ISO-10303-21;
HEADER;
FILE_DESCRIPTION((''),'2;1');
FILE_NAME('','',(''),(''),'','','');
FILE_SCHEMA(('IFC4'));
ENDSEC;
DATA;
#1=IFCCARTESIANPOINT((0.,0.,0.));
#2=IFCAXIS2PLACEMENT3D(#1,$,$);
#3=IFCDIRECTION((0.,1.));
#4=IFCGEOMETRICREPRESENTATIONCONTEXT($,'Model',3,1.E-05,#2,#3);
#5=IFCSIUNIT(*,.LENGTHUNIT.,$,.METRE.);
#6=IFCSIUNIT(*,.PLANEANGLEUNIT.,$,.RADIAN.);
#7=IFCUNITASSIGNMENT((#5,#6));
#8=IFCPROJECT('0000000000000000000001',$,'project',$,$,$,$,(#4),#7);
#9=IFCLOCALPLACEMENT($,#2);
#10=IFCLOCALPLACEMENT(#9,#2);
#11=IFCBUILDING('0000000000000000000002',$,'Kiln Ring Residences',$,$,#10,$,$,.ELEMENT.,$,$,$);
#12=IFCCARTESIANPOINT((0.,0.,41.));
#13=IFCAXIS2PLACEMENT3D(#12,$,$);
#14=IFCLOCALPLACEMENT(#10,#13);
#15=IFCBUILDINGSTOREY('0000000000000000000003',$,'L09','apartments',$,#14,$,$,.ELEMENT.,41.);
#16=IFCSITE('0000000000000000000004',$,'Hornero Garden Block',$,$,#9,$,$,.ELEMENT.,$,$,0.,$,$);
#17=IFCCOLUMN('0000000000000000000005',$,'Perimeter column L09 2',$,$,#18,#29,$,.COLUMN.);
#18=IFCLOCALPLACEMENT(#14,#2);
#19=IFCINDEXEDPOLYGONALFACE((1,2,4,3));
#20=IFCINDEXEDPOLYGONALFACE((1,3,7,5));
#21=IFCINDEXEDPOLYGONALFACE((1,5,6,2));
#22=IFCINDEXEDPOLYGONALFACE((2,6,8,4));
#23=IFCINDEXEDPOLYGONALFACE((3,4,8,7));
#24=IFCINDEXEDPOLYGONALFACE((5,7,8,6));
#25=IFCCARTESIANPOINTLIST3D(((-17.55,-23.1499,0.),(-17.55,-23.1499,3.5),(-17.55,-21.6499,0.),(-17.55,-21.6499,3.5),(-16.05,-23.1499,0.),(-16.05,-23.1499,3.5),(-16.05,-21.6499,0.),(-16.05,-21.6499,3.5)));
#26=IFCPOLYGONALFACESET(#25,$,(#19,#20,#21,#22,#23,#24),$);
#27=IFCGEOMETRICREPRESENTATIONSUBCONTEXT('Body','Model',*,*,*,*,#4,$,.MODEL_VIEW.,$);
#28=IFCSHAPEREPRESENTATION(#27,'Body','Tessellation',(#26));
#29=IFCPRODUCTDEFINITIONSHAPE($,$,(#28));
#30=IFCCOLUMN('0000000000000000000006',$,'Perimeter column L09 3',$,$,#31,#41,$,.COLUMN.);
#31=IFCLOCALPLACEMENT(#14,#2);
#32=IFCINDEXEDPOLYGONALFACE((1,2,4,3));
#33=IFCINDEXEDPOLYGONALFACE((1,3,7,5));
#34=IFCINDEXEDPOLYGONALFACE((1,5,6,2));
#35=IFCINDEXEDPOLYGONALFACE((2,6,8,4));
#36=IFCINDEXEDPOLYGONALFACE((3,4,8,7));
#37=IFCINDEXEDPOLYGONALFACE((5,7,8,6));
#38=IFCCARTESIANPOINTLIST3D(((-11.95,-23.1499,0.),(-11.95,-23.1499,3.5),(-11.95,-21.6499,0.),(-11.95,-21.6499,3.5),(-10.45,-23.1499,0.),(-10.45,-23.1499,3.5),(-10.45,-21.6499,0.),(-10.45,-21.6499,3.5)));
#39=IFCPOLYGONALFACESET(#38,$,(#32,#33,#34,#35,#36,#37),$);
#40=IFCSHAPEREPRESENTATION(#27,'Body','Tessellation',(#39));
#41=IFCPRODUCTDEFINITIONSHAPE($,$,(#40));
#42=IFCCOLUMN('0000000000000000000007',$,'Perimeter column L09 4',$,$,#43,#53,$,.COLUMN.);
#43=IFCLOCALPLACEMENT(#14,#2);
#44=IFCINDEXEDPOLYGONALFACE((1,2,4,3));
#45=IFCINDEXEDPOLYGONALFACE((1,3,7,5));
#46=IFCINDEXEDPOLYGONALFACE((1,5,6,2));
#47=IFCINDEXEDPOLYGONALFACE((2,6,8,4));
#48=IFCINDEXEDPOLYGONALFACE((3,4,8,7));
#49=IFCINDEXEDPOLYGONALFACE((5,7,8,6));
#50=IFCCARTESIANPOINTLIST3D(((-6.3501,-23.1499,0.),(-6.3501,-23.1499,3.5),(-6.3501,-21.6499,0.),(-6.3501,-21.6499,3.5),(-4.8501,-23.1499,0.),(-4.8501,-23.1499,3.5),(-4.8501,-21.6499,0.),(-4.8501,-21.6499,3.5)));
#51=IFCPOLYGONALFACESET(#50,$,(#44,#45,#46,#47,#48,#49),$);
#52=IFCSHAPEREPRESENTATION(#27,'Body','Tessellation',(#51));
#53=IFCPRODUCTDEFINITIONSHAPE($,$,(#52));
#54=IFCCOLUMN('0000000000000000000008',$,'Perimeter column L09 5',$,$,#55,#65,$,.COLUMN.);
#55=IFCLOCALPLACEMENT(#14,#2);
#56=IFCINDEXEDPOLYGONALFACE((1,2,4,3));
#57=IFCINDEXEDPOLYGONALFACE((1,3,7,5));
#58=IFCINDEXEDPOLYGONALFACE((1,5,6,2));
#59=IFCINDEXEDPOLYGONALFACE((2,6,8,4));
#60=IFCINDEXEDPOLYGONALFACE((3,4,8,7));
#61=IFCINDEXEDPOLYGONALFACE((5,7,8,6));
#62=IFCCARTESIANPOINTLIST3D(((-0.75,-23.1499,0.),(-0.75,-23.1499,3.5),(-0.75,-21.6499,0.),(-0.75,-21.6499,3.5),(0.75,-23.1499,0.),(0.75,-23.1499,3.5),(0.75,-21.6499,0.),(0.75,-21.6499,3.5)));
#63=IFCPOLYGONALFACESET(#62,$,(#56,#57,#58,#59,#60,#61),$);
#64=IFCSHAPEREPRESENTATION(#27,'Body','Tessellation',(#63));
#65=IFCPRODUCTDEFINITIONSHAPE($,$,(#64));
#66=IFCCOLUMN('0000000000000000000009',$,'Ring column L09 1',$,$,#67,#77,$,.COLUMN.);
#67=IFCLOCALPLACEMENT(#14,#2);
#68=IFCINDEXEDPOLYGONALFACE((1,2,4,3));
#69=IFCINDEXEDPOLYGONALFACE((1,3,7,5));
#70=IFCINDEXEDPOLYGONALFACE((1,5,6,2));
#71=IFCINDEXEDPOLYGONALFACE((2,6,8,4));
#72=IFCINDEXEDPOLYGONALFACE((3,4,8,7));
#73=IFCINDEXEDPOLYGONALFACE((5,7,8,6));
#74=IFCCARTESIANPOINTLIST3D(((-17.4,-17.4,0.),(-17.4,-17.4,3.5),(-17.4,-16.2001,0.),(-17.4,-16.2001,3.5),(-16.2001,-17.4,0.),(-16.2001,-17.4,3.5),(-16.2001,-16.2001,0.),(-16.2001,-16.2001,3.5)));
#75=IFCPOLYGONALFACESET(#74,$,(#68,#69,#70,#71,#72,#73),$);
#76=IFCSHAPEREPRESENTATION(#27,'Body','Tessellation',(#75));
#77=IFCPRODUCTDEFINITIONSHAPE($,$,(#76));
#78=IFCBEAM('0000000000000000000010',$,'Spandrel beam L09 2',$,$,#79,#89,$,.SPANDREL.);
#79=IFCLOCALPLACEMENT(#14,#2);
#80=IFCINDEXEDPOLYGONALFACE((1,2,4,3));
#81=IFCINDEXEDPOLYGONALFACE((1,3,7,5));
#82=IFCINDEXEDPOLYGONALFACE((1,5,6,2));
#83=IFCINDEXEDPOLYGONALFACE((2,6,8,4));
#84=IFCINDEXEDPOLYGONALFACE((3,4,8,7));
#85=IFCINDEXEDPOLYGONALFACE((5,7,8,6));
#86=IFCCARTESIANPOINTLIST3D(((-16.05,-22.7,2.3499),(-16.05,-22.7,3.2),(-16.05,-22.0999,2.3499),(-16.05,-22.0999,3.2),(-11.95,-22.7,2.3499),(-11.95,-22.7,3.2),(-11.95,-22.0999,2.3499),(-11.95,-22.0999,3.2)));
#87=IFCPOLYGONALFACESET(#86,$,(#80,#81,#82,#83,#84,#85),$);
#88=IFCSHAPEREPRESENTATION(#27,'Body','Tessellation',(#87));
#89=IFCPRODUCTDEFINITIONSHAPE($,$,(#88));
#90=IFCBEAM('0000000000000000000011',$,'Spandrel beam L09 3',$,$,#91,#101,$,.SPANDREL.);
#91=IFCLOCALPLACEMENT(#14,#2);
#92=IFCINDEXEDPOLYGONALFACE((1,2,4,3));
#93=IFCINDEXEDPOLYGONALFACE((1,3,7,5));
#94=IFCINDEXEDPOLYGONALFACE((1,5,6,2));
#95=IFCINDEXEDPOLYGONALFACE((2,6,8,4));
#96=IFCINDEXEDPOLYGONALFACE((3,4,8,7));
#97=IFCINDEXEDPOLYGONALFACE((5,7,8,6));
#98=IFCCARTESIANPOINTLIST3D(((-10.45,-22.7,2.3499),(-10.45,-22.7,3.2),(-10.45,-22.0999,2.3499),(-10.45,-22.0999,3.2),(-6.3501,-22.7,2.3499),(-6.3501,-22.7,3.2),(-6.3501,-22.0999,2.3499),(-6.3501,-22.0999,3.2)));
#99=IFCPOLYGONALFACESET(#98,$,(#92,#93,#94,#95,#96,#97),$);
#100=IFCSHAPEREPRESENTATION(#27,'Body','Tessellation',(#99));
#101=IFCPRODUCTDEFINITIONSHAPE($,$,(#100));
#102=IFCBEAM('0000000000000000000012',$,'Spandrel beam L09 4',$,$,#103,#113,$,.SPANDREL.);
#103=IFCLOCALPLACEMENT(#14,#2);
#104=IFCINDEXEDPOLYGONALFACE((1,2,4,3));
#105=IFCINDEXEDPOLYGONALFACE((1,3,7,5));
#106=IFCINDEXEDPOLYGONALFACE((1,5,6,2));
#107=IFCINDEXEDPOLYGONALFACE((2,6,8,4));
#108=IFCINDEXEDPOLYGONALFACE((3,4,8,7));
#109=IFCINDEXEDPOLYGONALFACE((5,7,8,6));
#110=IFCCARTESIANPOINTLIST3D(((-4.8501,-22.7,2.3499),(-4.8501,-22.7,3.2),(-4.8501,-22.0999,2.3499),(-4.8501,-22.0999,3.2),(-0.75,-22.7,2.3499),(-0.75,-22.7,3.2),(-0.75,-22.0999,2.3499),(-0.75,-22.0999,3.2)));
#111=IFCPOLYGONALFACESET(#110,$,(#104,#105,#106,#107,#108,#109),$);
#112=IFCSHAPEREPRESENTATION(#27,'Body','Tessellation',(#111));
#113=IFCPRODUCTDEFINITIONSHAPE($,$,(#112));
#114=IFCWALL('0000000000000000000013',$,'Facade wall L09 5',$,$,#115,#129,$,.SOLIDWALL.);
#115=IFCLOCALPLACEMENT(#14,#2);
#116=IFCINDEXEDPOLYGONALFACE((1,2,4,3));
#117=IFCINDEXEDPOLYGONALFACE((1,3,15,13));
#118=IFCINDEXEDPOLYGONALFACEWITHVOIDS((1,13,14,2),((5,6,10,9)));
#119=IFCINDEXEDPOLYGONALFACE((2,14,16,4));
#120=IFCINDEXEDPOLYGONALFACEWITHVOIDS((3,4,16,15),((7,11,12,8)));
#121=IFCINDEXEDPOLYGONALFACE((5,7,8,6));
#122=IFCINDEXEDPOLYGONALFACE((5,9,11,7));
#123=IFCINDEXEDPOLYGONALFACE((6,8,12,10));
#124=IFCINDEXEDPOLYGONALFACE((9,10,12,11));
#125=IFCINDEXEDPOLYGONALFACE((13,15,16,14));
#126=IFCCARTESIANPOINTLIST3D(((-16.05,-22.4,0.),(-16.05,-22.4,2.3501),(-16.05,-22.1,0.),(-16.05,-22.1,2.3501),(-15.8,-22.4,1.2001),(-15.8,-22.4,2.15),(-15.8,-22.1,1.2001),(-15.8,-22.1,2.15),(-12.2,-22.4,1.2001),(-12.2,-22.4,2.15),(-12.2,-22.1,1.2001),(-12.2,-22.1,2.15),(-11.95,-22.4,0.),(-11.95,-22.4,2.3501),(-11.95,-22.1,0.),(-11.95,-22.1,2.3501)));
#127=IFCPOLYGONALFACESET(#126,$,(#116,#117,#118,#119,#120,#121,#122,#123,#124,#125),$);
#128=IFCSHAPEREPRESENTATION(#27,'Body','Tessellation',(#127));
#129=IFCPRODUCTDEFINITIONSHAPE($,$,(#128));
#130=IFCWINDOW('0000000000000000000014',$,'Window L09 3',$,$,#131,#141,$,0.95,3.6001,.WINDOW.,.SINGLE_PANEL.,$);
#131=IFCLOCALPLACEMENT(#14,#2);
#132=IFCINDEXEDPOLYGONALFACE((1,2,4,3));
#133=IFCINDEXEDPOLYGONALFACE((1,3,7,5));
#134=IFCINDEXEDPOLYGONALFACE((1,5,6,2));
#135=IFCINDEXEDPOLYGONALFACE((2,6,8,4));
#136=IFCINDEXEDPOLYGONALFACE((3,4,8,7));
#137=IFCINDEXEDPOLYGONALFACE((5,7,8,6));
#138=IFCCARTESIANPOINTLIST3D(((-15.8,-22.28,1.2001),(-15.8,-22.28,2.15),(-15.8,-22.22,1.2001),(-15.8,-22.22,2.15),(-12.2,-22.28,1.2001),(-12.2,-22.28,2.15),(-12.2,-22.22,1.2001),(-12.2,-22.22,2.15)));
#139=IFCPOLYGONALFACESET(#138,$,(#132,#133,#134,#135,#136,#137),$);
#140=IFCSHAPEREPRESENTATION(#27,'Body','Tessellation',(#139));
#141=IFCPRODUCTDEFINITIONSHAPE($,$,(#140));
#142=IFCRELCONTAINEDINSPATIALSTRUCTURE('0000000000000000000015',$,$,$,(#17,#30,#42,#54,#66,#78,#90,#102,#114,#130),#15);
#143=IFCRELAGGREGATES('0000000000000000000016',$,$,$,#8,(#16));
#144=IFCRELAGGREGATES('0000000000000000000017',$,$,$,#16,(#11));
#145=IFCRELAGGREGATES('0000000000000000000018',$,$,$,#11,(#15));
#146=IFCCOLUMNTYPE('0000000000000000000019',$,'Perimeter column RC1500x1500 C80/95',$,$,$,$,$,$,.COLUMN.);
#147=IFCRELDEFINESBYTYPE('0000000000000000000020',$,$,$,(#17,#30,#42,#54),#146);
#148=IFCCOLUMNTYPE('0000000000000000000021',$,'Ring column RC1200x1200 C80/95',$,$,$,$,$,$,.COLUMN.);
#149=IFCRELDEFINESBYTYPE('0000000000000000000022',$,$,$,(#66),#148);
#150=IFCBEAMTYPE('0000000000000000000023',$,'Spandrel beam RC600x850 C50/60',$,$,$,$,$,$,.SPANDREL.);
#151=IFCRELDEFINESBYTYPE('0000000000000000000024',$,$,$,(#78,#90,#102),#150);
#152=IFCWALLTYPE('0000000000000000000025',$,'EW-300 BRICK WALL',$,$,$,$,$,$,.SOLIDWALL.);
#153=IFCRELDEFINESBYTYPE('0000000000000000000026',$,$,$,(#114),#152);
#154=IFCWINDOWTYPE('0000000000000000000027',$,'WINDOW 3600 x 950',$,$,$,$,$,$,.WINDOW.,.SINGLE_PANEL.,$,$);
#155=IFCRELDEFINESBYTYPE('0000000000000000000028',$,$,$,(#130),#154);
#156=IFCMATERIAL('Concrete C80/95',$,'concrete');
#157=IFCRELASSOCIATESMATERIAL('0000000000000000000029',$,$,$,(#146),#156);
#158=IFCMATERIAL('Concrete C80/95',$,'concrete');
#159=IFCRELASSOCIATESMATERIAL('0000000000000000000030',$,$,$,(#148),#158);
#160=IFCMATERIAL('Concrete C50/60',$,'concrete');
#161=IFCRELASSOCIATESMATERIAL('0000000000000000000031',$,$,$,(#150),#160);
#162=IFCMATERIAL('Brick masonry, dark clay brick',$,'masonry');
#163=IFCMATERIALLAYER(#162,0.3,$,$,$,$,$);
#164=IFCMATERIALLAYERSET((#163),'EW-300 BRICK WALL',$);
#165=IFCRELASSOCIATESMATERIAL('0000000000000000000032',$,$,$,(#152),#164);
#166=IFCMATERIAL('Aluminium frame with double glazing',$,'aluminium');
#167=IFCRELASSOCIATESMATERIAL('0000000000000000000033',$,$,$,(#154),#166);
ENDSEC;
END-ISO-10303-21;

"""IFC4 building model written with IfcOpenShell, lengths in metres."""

from ifc_helpers import new_model, si_unit, direction, frame, frame_2d, origin, origin_2d, place, context, subcontext, project, spatial, rectangle, extrude, material, layer, layer_set, material_profile, profile_set, type_object, element, fill, save


model = new_model("IFC4")

# Units and contexts
model_context = context("Model", 3, precision=1e-05, world=origin(), true_north=direction((0.0, 1.0)))
body_context = subcontext(model_context, "Body", "Model", "MODEL_VIEW")
ifc_project = project(units=[si_unit("LENGTHUNIT", "METRE"), si_unit("PLANEANGLEUNIT", "RADIAN")], contexts=[model_context])

# Site, building, storey
site_placement = place(None, origin())
site = spatial("IfcSite", under=ifc_project, at=site_placement, Name="Hornero Garden Block", CompositionType="ELEMENT", RefElevation=0.0)
building_placement = place(site_placement, origin())
building = spatial("IfcBuilding", under=site, at=building_placement, Name="Kiln Ring Residences", CompositionType="ELEMENT")
storey_placement = place(building_placement, frame((0.0, 0.0, 41.0)))
storey = spatial("IfcBuildingStorey", under=building, at=storey_placement, Name="L09", Description="apartments", CompositionType="ELEMENT", Elevation=41.0)

# Columns
ifc_material_1 = material(Name="Concrete C80/95", Category="concrete")
ifc_material_profile_1 = material_profile(ifc_material_1, rectangle(XDim=1.5, YDim=1.5, at=origin_2d()), Name="RC1500x1500")
ifc_profile_set_1 = profile_set([ifc_material_profile_1], Name="Concrete C80/95")
column_type_1 = type_object("IfcColumnType", Name="Perimeter column RC1500x1500 C80/95", PredefinedType="COLUMN", material=ifc_profile_set_1)
for number, where, z_axis, x_axis, name in (
    (1, (-16.8, -22.3999, 0.0), (0.0, 0.0, 1.0), (1.0, 0.0, 0.0), "Perimeter column L09 2"),
    (2, (-11.2, -22.3999, 0.0), (0.0, 0.0, 1.0), (1.0, 0.0, 0.0), "Perimeter column L09 3"),
    (3, (-5.6001, -22.3999, 0.0), (0.0, 0.0, 1.0), (1.0, 0.0, 0.0), "Perimeter column L09 4"),
    (4, (0.0, -22.3999, 0.0), (0.0, 0.0, 1.0), (1.0, 0.0, 0.0), "Perimeter column L09 5"),
):
    element("IfcColumn", number, at=place(storey_placement, frame(where, z_axis=z_axis, x_axis=x_axis)), inside=storey, type_object=column_type_1, Name=name, PredefinedType="COLUMN", context=body_context, shape_type="SweptSolid", body=[
        extrude(rectangle(XDim=1.5, YDim=1.5, at=origin_2d()), origin(), (0.0, 0.0, 1.0), 3.5),
    ])
ifc_material_2 = material(Name="Concrete C80/95", Category="concrete")
ifc_material_profile_2 = material_profile(ifc_material_2, rectangle(XDim=1.2, YDim=1.2, at=origin_2d()), Name="RC1200x1200")
ifc_profile_set_2 = profile_set([ifc_material_profile_2], Name="Concrete C80/95")
column_type_2 = type_object("IfcColumnType", Name="Ring column RC1200x1200 C80/95", PredefinedType="COLUMN", material=ifc_profile_set_2)
column_placement = place(storey_placement, frame((-16.8, -16.8, 0.0), z_axis=(0.0, 0.0, 1.0), x_axis=(1.0, 0.0, 0.0)))
element("IfcColumn", 5, at=column_placement, inside=storey, type_object=column_type_2, Name="Ring column L09 1", PredefinedType="COLUMN", context=body_context, shape_type="SweptSolid", body=[
    extrude(rectangle(XDim=1.2, YDim=1.2, at=origin_2d()), origin(), (0.0, 0.0, 1.0), 3.5),
])

# Beams
ifc_material_3 = material(Name="Concrete C50/60", Category="concrete")
ifc_material_profile_3 = material_profile(ifc_material_3, rectangle(XDim=0.6001, YDim=0.8501, at=origin_2d()), Name="RC600x850")
ifc_profile_set_3 = profile_set([ifc_material_profile_3], Name="Concrete C50/60")
beam_type = type_object("IfcBeamType", Name="Spandrel beam RC600x850 C50/60", PredefinedType="SPANDREL", material=ifc_profile_set_3)
beam_1_placement = place(storey_placement, frame((-16.05, -22.3999, 2.7749), z_axis=(1.0, 0.0, 0.0), x_axis=(0.0, 1.0, 0.0)))
element("IfcBeam", 6, at=beam_1_placement, inside=storey, type_object=beam_type, Name="Spandrel beam L09 2", PredefinedType="SPANDREL", context=body_context, shape_type="SweptSolid", body=[
    extrude(rectangle(XDim=0.6001, YDim=0.8501, at=origin_2d()), origin(), (0.0, 0.0, 1.0), 4.1001),
])
beam_2_placement = place(storey_placement, frame((-10.45, -22.3999, 2.7749), z_axis=(1.0, 0.0, 0.0), x_axis=(0.0, 1.0, 0.0)))
element("IfcBeam", 7, at=beam_2_placement, inside=storey, type_object=beam_type, Name="Spandrel beam L09 3", PredefinedType="SPANDREL", context=body_context, shape_type="SweptSolid", body=[
    extrude(rectangle(XDim=0.6001, YDim=0.8501, at=origin_2d()), origin(), (0.0, 0.0, 1.0), 4.0999),
])
beam_3_placement = place(storey_placement, frame((-4.8501, -22.3999, 2.7749), z_axis=(1.0, 0.0, 0.0), x_axis=(0.0, 1.0, 0.0)))
element("IfcBeam", 8, at=beam_3_placement, inside=storey, type_object=beam_type, Name="Spandrel beam L09 4", PredefinedType="SPANDREL", context=body_context, shape_type="SweptSolid", body=[
    extrude(rectangle(XDim=0.6001, YDim=0.8501, at=origin_2d()), origin(), (0.0, 0.0, 1.0), 4.1001),
])

# Wall, opening, window
ifc_material_4 = material(Name="Brick masonry, dark clay brick", Category="masonry")
ifc_layer_1 = layer(ifc_material_4, 0.3)
ifc_layer_set_1 = layer_set([ifc_layer_1], Name="EW-300 BRICK WALL")
wall_type_1 = type_object("IfcWallType", Name="EW-300 BRICK WALL", PredefinedType="SOLIDWALL", material=ifc_layer_set_1)
wall_1_placement = place(storey_placement, frame((-16.05, -22.25, 0.0), z_axis=(0.0, 0.0, 1.0), x_axis=(1.0, 0.0, 0.0)))
wall_1 = element("IfcWall", 9, at=wall_1_placement, inside=storey, type_object=wall_type_1, Name="Facade wall L09 5", PredefinedType="SOLIDWALL", context=body_context, shape_type="SweptSolid", body=[
    extrude(rectangle(XDim=4.1001, YDim=0.3, at=frame_2d((2.05, 0.0))), origin(), (0.0, 0.0, 1.0), 2.3501),
])
opening_1_placement = place(wall_1_placement, frame((0.25, 0.0, 1.2)))
opening_1 = element("IfcOpeningElement", 10, at=opening_1_placement, cuts=wall_1, PredefinedType="OPENING", context=body_context, shape_type="SweptSolid", body=[
    extrude(rectangle(XDim=3.6001, YDim=0.95, at=frame_2d((1.8, 0.4751))), frame((0.0, 0.1599, 0.0), z_axis=(0.0, -1.0, 0.0), x_axis=(1.0, 0.0, 0.0)), (0.0, 0.0, 1.0), 0.3201),
])
ifc_material_5 = material(Name="Aluminium frame with double glazing", Category="aluminium")
window_type_1 = type_object("IfcWindowType", Name="WINDOW 3600 x 950", PartitioningType="SINGLE_PANEL", PredefinedType="WINDOW", material=ifc_material_5)
window_1_placement = place(opening_1_placement, origin())
window_1 = element("IfcWindow", 11, at=window_1_placement, inside=storey, type_object=window_type_1, Name="Window L09 3", OverallHeight=0.95, OverallWidth=3.6001, PartitioningType="SINGLE_PANEL", PredefinedType="WINDOW", context=body_context, shape_type="SweptSolid", body=[
    extrude(rectangle(XDim=3.6001, YDim=0.95, at=frame_2d((1.8, 0.4751))), frame((0.0, 0.03, 0.0), z_axis=(0.0, -1.0, 0.0), x_axis=(1.0, 0.0, 0.0)), (0.0, 0.0, 1.0), 0.0601),
])
fill(opening_1, window_1)

save(model, "model.ifc")
